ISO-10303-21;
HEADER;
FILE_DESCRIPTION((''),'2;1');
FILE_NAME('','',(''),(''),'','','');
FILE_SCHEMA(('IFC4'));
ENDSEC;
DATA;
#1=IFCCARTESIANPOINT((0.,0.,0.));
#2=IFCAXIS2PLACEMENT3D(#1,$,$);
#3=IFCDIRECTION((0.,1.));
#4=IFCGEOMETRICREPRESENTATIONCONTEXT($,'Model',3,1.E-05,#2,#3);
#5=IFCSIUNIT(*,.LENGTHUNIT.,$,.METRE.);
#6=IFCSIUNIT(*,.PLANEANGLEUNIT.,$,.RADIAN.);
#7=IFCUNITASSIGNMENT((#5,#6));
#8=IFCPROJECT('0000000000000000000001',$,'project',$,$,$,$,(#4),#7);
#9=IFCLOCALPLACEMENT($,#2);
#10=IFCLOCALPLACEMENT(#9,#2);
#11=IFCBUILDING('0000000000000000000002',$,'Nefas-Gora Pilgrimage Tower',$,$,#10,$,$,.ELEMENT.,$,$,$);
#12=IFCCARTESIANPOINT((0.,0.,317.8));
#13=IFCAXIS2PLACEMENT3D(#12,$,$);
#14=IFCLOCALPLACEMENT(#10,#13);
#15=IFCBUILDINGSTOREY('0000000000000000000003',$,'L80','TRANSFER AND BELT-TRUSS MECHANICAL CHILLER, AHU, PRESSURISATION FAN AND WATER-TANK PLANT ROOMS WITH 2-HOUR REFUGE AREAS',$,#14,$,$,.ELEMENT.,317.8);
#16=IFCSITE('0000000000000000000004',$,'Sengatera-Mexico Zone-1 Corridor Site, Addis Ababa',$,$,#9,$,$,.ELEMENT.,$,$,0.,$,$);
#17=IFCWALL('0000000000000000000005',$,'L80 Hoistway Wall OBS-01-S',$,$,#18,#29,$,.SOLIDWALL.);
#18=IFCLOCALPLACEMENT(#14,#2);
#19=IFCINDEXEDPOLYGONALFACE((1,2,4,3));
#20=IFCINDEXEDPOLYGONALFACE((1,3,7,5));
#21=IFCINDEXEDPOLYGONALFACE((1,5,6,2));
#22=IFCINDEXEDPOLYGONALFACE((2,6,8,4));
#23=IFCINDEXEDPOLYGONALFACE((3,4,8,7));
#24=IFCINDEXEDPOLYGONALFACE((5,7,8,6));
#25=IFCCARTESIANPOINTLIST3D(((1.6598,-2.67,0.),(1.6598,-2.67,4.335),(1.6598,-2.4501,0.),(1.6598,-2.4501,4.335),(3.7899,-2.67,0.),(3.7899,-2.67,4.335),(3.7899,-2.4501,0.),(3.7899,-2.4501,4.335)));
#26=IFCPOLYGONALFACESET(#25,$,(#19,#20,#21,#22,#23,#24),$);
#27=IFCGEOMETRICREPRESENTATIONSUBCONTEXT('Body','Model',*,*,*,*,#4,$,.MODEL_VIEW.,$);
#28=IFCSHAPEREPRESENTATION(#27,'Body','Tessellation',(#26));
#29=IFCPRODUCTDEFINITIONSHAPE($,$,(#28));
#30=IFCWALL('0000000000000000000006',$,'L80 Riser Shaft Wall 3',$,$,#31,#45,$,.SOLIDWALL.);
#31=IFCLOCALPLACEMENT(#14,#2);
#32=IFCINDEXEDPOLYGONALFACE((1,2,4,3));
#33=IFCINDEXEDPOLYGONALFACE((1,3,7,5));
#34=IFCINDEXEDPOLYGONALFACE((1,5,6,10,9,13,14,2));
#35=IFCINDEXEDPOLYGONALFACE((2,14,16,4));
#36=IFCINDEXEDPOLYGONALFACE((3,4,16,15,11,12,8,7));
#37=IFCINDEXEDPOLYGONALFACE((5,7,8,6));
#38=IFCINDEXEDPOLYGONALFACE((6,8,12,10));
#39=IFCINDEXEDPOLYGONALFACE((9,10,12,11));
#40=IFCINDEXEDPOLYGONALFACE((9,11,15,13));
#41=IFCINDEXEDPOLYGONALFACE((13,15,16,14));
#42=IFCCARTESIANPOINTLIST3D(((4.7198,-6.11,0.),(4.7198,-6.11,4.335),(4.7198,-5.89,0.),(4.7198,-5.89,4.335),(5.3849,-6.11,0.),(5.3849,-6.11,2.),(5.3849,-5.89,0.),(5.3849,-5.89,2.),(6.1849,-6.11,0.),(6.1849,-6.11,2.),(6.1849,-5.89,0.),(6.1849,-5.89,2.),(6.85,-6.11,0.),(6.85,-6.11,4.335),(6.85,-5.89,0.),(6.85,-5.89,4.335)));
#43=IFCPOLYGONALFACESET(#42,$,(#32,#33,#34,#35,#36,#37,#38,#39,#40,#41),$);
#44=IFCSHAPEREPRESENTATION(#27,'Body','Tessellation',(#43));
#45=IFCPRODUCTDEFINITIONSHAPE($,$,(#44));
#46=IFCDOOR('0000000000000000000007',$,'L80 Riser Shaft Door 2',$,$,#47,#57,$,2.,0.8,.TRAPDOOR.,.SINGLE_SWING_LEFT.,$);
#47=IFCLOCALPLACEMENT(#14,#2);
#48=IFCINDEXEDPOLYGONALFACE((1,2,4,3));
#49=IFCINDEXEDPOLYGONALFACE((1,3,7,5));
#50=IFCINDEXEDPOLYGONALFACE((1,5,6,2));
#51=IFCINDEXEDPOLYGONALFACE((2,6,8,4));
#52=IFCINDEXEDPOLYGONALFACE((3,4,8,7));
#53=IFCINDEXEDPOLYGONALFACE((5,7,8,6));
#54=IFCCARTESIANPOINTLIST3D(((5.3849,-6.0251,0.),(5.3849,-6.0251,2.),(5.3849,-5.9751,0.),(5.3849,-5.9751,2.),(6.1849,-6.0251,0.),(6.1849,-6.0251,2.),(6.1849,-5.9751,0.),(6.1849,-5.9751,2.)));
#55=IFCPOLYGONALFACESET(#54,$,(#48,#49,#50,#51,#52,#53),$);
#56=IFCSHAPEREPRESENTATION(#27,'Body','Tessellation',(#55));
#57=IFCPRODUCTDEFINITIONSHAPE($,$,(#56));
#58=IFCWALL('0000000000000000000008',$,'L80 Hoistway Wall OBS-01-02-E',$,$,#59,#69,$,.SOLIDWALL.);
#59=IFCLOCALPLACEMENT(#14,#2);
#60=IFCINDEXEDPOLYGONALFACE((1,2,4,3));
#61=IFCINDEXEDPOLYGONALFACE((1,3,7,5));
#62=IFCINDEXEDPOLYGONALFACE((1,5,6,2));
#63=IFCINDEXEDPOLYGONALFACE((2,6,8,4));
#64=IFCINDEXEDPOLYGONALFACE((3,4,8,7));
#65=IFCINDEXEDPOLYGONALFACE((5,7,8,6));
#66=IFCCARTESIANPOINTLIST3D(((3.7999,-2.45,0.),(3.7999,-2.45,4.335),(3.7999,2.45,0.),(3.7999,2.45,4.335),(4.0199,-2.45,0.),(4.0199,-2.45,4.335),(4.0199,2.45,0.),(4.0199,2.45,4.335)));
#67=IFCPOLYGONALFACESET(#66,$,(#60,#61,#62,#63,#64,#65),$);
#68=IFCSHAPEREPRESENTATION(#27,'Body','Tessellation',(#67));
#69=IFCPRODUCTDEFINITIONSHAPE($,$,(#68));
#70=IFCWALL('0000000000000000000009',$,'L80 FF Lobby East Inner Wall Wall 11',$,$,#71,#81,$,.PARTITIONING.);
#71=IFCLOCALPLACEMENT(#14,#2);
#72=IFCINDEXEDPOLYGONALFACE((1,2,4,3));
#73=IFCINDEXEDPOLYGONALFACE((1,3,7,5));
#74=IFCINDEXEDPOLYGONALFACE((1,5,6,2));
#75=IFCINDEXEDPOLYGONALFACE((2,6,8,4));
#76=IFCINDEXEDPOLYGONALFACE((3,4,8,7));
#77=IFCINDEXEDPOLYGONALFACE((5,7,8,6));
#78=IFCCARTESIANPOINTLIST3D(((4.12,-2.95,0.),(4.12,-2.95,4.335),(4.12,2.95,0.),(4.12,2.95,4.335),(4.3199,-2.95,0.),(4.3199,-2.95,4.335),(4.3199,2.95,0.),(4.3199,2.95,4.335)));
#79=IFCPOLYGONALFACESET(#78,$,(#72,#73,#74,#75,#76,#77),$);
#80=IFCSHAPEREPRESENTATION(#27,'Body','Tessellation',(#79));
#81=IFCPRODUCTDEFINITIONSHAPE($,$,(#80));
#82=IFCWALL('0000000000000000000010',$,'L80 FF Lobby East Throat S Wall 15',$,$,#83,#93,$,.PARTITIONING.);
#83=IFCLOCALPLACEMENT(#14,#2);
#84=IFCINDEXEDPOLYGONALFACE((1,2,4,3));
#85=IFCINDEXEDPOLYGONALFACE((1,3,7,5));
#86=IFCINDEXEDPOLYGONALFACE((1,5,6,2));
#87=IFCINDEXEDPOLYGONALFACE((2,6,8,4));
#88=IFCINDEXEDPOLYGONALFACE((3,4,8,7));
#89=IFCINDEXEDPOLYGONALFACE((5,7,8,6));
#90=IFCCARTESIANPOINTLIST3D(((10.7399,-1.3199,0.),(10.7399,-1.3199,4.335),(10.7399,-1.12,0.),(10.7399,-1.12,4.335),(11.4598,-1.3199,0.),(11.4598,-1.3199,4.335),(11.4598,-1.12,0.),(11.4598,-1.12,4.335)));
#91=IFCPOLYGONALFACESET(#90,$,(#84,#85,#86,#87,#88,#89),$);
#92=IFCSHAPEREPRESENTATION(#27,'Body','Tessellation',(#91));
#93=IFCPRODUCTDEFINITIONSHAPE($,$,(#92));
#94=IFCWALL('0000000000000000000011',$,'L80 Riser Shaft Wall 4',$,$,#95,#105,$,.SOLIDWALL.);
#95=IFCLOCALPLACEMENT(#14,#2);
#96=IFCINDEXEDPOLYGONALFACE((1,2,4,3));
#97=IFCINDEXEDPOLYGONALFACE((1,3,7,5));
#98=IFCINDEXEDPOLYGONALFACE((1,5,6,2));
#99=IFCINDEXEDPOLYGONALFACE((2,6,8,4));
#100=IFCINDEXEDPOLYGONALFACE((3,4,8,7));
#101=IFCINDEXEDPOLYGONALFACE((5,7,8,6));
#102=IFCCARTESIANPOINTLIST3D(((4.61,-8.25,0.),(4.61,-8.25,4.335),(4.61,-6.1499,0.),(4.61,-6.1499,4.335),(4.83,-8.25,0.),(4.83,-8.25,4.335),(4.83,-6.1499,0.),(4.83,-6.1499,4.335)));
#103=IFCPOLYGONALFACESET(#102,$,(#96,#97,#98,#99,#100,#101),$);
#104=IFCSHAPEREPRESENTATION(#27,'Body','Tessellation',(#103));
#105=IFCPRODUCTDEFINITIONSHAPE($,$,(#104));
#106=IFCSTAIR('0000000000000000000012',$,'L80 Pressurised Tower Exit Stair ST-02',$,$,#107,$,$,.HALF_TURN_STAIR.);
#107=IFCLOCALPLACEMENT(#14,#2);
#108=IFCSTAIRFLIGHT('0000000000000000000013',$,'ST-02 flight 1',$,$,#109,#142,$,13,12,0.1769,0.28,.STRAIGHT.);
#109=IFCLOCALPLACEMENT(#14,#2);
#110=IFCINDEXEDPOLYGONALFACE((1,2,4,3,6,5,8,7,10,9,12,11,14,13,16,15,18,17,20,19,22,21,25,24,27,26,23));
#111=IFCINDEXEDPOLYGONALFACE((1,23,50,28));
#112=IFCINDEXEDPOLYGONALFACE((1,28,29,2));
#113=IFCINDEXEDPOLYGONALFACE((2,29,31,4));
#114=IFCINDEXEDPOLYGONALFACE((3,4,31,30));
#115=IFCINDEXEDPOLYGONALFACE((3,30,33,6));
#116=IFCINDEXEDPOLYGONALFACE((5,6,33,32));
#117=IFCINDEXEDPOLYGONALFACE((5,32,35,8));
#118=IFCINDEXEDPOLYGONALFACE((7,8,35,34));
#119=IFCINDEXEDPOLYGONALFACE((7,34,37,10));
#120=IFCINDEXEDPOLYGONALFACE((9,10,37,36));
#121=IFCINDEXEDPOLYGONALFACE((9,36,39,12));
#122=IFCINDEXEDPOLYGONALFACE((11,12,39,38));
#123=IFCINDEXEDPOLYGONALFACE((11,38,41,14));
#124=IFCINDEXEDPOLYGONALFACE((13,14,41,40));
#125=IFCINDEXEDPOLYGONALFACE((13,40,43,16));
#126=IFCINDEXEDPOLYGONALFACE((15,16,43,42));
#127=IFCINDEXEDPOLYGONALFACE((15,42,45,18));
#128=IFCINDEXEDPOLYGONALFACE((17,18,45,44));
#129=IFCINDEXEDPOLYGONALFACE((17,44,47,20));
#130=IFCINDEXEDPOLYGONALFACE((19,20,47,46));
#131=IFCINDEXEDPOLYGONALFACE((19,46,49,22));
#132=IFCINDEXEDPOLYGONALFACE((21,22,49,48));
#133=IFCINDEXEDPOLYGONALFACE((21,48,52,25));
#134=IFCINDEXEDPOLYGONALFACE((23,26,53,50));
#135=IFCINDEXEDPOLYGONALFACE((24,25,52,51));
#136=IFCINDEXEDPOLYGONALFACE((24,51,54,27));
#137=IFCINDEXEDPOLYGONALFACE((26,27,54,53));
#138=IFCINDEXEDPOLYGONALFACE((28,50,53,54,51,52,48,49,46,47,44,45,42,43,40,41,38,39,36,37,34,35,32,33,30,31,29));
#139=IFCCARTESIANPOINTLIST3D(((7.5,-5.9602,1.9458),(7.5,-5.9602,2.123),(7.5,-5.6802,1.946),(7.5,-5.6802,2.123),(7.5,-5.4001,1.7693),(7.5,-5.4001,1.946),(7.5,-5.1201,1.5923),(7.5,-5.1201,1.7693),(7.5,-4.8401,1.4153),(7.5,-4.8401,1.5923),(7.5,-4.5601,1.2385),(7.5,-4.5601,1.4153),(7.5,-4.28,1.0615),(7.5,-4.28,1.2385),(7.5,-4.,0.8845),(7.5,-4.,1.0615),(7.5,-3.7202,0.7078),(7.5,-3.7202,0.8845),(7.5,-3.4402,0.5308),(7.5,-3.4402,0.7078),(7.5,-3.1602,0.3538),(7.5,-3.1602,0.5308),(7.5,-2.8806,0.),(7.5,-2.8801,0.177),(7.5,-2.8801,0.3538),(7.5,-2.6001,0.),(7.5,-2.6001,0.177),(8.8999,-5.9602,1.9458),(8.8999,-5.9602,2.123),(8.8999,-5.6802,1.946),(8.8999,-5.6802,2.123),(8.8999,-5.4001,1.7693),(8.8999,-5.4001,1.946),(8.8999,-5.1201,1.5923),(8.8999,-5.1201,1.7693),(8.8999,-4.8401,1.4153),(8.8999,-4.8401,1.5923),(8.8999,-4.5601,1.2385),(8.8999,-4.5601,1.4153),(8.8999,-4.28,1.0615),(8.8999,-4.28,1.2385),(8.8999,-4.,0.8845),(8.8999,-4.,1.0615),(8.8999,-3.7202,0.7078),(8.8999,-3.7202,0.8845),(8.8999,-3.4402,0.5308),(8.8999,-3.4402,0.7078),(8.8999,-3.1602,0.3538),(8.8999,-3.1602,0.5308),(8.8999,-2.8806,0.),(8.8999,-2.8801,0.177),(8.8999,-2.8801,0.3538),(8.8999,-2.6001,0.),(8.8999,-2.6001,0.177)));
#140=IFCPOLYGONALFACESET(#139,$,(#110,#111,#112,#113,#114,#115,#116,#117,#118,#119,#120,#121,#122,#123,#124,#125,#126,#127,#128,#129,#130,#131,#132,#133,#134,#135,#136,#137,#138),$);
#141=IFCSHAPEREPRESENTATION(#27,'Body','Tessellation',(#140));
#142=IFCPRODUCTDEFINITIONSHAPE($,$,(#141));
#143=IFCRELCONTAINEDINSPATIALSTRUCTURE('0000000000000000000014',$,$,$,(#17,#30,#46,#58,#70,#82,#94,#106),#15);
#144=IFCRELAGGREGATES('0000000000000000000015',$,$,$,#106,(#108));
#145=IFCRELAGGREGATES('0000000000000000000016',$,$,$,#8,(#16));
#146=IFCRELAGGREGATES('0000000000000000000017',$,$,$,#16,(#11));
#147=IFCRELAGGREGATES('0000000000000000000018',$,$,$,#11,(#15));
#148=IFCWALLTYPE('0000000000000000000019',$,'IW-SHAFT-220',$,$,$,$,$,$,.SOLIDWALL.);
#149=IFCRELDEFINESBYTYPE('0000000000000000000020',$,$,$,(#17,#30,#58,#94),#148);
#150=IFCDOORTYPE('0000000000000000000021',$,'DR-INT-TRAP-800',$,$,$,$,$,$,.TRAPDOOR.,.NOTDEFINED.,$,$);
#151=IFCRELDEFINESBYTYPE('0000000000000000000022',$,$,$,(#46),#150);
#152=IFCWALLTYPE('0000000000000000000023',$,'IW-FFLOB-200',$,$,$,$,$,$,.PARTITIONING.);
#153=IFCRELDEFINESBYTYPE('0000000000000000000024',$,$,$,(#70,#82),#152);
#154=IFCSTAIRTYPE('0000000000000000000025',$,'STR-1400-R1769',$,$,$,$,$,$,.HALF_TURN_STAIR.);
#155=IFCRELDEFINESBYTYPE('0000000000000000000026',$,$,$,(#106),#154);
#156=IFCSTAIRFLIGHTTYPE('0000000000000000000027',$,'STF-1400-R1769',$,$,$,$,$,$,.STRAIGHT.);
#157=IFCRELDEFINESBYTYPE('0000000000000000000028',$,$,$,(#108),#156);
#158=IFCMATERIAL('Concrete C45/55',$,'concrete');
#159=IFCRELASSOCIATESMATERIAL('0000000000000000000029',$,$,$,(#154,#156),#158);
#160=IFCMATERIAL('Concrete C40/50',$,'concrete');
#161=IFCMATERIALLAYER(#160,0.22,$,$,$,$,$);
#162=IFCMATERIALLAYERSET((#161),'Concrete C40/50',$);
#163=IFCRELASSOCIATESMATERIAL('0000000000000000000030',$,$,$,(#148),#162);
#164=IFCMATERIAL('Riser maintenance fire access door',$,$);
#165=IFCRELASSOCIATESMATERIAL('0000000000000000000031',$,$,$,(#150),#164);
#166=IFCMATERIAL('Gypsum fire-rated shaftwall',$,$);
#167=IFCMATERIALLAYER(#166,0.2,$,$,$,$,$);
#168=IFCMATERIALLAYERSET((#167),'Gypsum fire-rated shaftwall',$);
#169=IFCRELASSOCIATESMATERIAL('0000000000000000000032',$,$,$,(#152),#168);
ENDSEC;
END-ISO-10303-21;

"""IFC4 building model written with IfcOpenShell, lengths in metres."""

from ifc_helpers import new_model, si_unit, direction, frame, frame_2d, origin, place, context, subcontext, project, spatial, polyline, rectangle, outline, extrude, source, transform, mapped, material, layer, layer_set, type_object, element, fill, aggregate, save


model = new_model("IFC4")

# Units and contexts
model_context = context("Model", 3, precision=1e-05, world=origin(), true_north=direction((0.0, 1.0)))
body_context = subcontext(model_context, "Body", "Model", "MODEL_VIEW")
ifc_project = project(units=[si_unit("LENGTHUNIT", "METRE"), si_unit("PLANEANGLEUNIT", "RADIAN")], contexts=[model_context])

# Site, building, storey
site_placement = place(None, origin())
site = spatial("IfcSite", under=ifc_project, at=site_placement, Name="Sengatera-Mexico Zone-1 Corridor Site, Addis Ababa", CompositionType="ELEMENT", RefElevation=0.0)
building_placement = place(site_placement, origin())
building = spatial("IfcBuilding", under=site, at=building_placement, Name="Nefas-Gora Pilgrimage Tower", CompositionType="ELEMENT")
storey_placement = place(building_placement, frame((0.0, 0.0, 317.8)))
storey = spatial("IfcBuildingStorey", under=building, at=storey_placement, Name="L80", Description="TRANSFER AND BELT-TRUSS MECHANICAL CHILLER, AHU, PRESSURISATION FAN AND WATER-TANK PLANT ROOMS WITH 2-HOUR REFUGE AREAS", CompositionType="ELEMENT", Elevation=317.8)

# Shared definitions
ifc_material_1 = material(Name="Concrete C45/55", Category="concrete")

# Shared definitions
stair_type = type_object("IfcStairType", Name="STR-1400-R1769", PredefinedType="HALF_TURN_STAIR", material=ifc_material_1)
ifc_material_2 = material(Name="Concrete C40/50", Category="concrete")

# Shared definitions
ifc_layer_1 = layer(ifc_material_2, 0.22)
ifc_layer_set_1 = layer_set([ifc_layer_1], Name="Concrete C40/50")
wall_type_1 = type_object("IfcWallType", Name="IW-SHAFT-220", PredefinedType="SOLIDWALL", material=ifc_layer_set_1)

# Wall
shared_shape_1 = source(origin(), body_context, "Body", "SweptSolid", [
    extrude(rectangle(XDim=2.1301, YDim=0.22, at=frame_2d((1.0649, 0.0))), origin(), (0.0, 0.0, 1.0), 4.335),
])
wall_1_placement = place(storey_placement, frame((1.6599, -2.5601, 0.0), z_axis=(0.0, 0.0, 1.0), x_axis=(1.0, 0.0, 0.0)))
element("IfcWall", 1, at=wall_1_placement, inside=storey, type_object=wall_type_1, Name="L80 Hoistway Wall OBS-01-S", PredefinedType="SOLIDWALL", context=body_context, shape_type="MappedRepresentation", body=[
    mapped(shared_shape_1, transform((0.0, 0.0, 0.0), x_axis=(1.0, 0.0, 0.0), y_axis=(0.0, 1.0, 0.0), z_axis=(0.0, 0.0, 1.0), scale=1.0)),
])

# Wall, opening, door
wall_2_placement = place(storey_placement, frame((4.72, -6.0, 0.0), z_axis=(0.0, 0.0, 1.0), x_axis=(1.0, 0.0, 0.0)))
wall_2 = element("IfcWall", 2, at=wall_2_placement, inside=storey, type_object=wall_type_1, Name="L80 Riser Shaft Wall 3", PredefinedType="SOLIDWALL", context=body_context, shape_type="MappedRepresentation", body=[
    mapped(shared_shape_1, transform((0.0, 0.0, 0.0), x_axis=(1.0, 0.0, 0.0), y_axis=(0.0, 1.0, 0.0), z_axis=(0.0, 0.0, 1.0), scale=1.0)),
])
opening_1_placement = place(wall_2_placement, frame((0.665, 0.0, 0.0)))
opening_1 = element("IfcOpeningElement", 3, at=opening_1_placement, cuts=wall_2, PredefinedType="OPENING", context=body_context, shape_type="SweptSolid", body=[
    extrude(rectangle(XDim=0.8, YDim=2.0, at=frame_2d((0.3999, 1.0))), frame((0.0, 0.1199, 0.0), z_axis=(0.0, -1.0, 0.0), x_axis=(1.0, 0.0, 0.0)), (0.0, 0.0, 1.0), 0.24),
])
ifc_material_3 = material(Name="Riser maintenance fire access door")
door_type_1 = type_object("IfcDoorType", Name="DR-INT-TRAP-800", OperationType="NOTDEFINED", PredefinedType="TRAPDOOR", material=ifc_material_3)
shared_shape_2 = source(origin(), body_context, "Body", "SweptSolid", [
    extrude(rectangle(XDim=0.8, YDim=2.0, at=frame_2d((0.3999, 1.0))), frame((0.0, 0.0249, 0.0), z_axis=(0.0, -1.0, 0.0), x_axis=(1.0, 0.0, 0.0)), (0.0, 0.0, 1.0), 0.05),
])
door_1_placement = place(opening_1_placement, origin())
door_1 = element("IfcDoor", 4, at=door_1_placement, inside=storey, type_object=door_type_1, Name="L80 Riser Shaft Door 2", OperationType="SINGLE_SWING_LEFT", OverallHeight=2.0, OverallWidth=0.8, PredefinedType="TRAPDOOR", context=body_context, shape_type="MappedRepresentation", body=[
    mapped(shared_shape_2, transform((0.0, 0.0, 0.0), x_axis=(1.0, 0.0, 0.0), y_axis=(0.0, 1.0, 0.0), z_axis=(0.0, 0.0, 1.0), scale=1.0)),
])
fill(opening_1, door_1)

# Walls
shared_shape_3 = source(origin(), body_context, "Body", "SweptSolid", [
    extrude(rectangle(XDim=4.8999, YDim=0.22, at=frame_2d((2.45, 0.0))), origin(), (0.0, 0.0, 1.0), 4.335),
])
wall_3_placement = place(storey_placement, frame((3.9099, -2.45, 0.0), z_axis=(0.0, 0.0, 1.0), x_axis=(0.0, 1.0, 0.0)))
element("IfcWall", 5, at=wall_3_placement, inside=storey, type_object=wall_type_1, Name="L80 Hoistway Wall OBS-01-02-E", PredefinedType="SOLIDWALL", context=body_context, shape_type="MappedRepresentation", body=[
    mapped(shared_shape_3, transform((0.0, 0.0, 0.0), x_axis=(1.0, 0.0, 0.0), y_axis=(0.0, 1.0, 0.0), z_axis=(0.0, 0.0, 1.0), scale=1.0)),
])
ifc_material_4 = material(Name="Gypsum fire-rated shaftwall")
ifc_layer_2 = layer(ifc_material_4, 0.2)
ifc_layer_set_2 = layer_set([ifc_layer_2], Name="Gypsum fire-rated shaftwall")
wall_type_2 = type_object("IfcWallType", Name="IW-FFLOB-200", PredefinedType="PARTITIONING", material=ifc_layer_set_2)
shared_shape_4 = source(origin(), body_context, "Body", "SweptSolid", [
    extrude(rectangle(XDim=5.8999, YDim=0.2, at=frame_2d((2.95, 0.0))), origin(), (0.0, 0.0, 1.0), 4.335),
])
wall_4_placement = place(storey_placement, frame((4.22, -2.95, 0.0), z_axis=(0.0, 0.0, 1.0), x_axis=(0.0, 1.0, 0.0)))
element("IfcWall", 6, at=wall_4_placement, inside=storey, type_object=wall_type_2, Name="L80 FF Lobby East Inner Wall Wall 11", PredefinedType="PARTITIONING", context=body_context, shape_type="MappedRepresentation", body=[
    mapped(shared_shape_4, transform((0.0, 0.0, 0.0), x_axis=(1.0, 0.0, 0.0), y_axis=(0.0, 1.0, 0.0), z_axis=(0.0, 0.0, 1.0), scale=1.0)),
])
shared_shape_5 = source(origin(), body_context, "Body", "SweptSolid", [
    extrude(rectangle(XDim=0.72, YDim=0.2, at=frame_2d((0.3599, 0.0))), origin(), (0.0, 0.0, 1.0), 4.335),
])
wall_5_placement = place(storey_placement, frame((10.74, -1.22, 0.0), z_axis=(0.0, 0.0, 1.0), x_axis=(1.0, 0.0, 0.0)))
element("IfcWall", 7, at=wall_5_placement, inside=storey, type_object=wall_type_2, Name="L80 FF Lobby East Throat S Wall 15", PredefinedType="PARTITIONING", context=body_context, shape_type="MappedRepresentation", body=[
    mapped(shared_shape_5, transform((0.0, 0.0, 0.0), x_axis=(1.0, 0.0, 0.0), y_axis=(0.0, 1.0, 0.0), z_axis=(0.0, 0.0, 1.0), scale=1.0)),
])
shared_shape_6 = source(origin(), body_context, "Body", "SweptSolid", [
    extrude(rectangle(XDim=2.1001, YDim=0.22, at=frame_2d((1.05, 0.0))), origin(), (0.0, 0.0, 1.0), 4.335),
])
wall_6_placement = place(storey_placement, frame((4.72, -8.25, 0.0), z_axis=(0.0, 0.0, 1.0), x_axis=(0.0, 1.0, 0.0)))
element("IfcWall", 8, at=wall_6_placement, inside=storey, type_object=wall_type_1, Name="L80 Riser Shaft Wall 4", PredefinedType="SOLIDWALL", context=body_context, shape_type="MappedRepresentation", body=[
    mapped(shared_shape_6, transform((0.0, 0.0, 0.0), x_axis=(1.0, 0.0, 0.0), y_axis=(0.0, 1.0, 0.0), z_axis=(0.0, 0.0, 1.0), scale=1.0)),
])

# Stair, stair flight
stair_1_placement = place(storey_placement, origin())
stair_1 = element("IfcStair", 9, at=stair_1_placement, inside=storey, type_object=stair_type, Name="L80 Pressurised Tower Exit Stair ST-02", PredefinedType="HALF_TURN_STAIR")
stair_flight_type = type_object("IfcStairFlightType", Name="STF-1400-R1769", PredefinedType="STRAIGHT", material=ifc_material_1)
shared_shape_7 = source(origin(), body_context, "Body", "SweptSolid", [
    extrude(outline(polyline([(0.0, 0.0), (0.0, 0.177), (0.28, 0.177), (0.28, 0.3538), (0.5601, 0.3538), (0.5601, 0.5308), (0.8401, 0.5308), (0.8401, 0.7078), (1.1201, 0.7078), (1.1201, 0.8845), (1.3999, 0.8845), (1.3999, 1.0615), (1.6799, 1.0615), (1.6799, 1.2385), (1.96, 1.2385), (1.96, 1.4153), (2.24, 1.4153), (2.24, 1.5923), (2.52, 1.5923), (2.52, 1.7693), (2.8, 1.7693), (2.8, 1.946), (3.0801, 1.946), (3.0801, 2.123), (3.3601, 2.123), (3.3601, 2.3), (3.3601, 1.9458), (0.2805, 0.0), (0.0, 0.0)])), frame((0.0, 0.7, 0.0), z_axis=(0.0, -1.0, 0.0), x_axis=(1.0, 0.0, 0.0)), (0.0, 0.0, 1.0), 1.3999),
])
stair_flight_1_placement = place(storey_placement, frame((8.2, -2.6001, 0.0), z_axis=(0.0, 0.0, 1.0), x_axis=(0.0, -1.0, 0.0)))
stair_flight_1 = element("IfcStairFlight", 10, at=stair_flight_1_placement, type_object=stair_flight_type, Name="ST-02 flight 1", NumberOfRisers=13, NumberOfTreads=12, PredefinedType="STRAIGHT", RiserHeight=0.1769, TreadLength=0.28, context=body_context, shape_type="MappedRepresentation", body=[
    mapped(shared_shape_7, transform((0.0, 0.0, 0.0), x_axis=(1.0, 0.0, 0.0), y_axis=(0.0, 1.0, 0.0), z_axis=(0.0, 0.0, 1.0), scale=1.0)),
])
aggregate(stair_1, [stair_flight_1])

save(model, "model.ifc")
